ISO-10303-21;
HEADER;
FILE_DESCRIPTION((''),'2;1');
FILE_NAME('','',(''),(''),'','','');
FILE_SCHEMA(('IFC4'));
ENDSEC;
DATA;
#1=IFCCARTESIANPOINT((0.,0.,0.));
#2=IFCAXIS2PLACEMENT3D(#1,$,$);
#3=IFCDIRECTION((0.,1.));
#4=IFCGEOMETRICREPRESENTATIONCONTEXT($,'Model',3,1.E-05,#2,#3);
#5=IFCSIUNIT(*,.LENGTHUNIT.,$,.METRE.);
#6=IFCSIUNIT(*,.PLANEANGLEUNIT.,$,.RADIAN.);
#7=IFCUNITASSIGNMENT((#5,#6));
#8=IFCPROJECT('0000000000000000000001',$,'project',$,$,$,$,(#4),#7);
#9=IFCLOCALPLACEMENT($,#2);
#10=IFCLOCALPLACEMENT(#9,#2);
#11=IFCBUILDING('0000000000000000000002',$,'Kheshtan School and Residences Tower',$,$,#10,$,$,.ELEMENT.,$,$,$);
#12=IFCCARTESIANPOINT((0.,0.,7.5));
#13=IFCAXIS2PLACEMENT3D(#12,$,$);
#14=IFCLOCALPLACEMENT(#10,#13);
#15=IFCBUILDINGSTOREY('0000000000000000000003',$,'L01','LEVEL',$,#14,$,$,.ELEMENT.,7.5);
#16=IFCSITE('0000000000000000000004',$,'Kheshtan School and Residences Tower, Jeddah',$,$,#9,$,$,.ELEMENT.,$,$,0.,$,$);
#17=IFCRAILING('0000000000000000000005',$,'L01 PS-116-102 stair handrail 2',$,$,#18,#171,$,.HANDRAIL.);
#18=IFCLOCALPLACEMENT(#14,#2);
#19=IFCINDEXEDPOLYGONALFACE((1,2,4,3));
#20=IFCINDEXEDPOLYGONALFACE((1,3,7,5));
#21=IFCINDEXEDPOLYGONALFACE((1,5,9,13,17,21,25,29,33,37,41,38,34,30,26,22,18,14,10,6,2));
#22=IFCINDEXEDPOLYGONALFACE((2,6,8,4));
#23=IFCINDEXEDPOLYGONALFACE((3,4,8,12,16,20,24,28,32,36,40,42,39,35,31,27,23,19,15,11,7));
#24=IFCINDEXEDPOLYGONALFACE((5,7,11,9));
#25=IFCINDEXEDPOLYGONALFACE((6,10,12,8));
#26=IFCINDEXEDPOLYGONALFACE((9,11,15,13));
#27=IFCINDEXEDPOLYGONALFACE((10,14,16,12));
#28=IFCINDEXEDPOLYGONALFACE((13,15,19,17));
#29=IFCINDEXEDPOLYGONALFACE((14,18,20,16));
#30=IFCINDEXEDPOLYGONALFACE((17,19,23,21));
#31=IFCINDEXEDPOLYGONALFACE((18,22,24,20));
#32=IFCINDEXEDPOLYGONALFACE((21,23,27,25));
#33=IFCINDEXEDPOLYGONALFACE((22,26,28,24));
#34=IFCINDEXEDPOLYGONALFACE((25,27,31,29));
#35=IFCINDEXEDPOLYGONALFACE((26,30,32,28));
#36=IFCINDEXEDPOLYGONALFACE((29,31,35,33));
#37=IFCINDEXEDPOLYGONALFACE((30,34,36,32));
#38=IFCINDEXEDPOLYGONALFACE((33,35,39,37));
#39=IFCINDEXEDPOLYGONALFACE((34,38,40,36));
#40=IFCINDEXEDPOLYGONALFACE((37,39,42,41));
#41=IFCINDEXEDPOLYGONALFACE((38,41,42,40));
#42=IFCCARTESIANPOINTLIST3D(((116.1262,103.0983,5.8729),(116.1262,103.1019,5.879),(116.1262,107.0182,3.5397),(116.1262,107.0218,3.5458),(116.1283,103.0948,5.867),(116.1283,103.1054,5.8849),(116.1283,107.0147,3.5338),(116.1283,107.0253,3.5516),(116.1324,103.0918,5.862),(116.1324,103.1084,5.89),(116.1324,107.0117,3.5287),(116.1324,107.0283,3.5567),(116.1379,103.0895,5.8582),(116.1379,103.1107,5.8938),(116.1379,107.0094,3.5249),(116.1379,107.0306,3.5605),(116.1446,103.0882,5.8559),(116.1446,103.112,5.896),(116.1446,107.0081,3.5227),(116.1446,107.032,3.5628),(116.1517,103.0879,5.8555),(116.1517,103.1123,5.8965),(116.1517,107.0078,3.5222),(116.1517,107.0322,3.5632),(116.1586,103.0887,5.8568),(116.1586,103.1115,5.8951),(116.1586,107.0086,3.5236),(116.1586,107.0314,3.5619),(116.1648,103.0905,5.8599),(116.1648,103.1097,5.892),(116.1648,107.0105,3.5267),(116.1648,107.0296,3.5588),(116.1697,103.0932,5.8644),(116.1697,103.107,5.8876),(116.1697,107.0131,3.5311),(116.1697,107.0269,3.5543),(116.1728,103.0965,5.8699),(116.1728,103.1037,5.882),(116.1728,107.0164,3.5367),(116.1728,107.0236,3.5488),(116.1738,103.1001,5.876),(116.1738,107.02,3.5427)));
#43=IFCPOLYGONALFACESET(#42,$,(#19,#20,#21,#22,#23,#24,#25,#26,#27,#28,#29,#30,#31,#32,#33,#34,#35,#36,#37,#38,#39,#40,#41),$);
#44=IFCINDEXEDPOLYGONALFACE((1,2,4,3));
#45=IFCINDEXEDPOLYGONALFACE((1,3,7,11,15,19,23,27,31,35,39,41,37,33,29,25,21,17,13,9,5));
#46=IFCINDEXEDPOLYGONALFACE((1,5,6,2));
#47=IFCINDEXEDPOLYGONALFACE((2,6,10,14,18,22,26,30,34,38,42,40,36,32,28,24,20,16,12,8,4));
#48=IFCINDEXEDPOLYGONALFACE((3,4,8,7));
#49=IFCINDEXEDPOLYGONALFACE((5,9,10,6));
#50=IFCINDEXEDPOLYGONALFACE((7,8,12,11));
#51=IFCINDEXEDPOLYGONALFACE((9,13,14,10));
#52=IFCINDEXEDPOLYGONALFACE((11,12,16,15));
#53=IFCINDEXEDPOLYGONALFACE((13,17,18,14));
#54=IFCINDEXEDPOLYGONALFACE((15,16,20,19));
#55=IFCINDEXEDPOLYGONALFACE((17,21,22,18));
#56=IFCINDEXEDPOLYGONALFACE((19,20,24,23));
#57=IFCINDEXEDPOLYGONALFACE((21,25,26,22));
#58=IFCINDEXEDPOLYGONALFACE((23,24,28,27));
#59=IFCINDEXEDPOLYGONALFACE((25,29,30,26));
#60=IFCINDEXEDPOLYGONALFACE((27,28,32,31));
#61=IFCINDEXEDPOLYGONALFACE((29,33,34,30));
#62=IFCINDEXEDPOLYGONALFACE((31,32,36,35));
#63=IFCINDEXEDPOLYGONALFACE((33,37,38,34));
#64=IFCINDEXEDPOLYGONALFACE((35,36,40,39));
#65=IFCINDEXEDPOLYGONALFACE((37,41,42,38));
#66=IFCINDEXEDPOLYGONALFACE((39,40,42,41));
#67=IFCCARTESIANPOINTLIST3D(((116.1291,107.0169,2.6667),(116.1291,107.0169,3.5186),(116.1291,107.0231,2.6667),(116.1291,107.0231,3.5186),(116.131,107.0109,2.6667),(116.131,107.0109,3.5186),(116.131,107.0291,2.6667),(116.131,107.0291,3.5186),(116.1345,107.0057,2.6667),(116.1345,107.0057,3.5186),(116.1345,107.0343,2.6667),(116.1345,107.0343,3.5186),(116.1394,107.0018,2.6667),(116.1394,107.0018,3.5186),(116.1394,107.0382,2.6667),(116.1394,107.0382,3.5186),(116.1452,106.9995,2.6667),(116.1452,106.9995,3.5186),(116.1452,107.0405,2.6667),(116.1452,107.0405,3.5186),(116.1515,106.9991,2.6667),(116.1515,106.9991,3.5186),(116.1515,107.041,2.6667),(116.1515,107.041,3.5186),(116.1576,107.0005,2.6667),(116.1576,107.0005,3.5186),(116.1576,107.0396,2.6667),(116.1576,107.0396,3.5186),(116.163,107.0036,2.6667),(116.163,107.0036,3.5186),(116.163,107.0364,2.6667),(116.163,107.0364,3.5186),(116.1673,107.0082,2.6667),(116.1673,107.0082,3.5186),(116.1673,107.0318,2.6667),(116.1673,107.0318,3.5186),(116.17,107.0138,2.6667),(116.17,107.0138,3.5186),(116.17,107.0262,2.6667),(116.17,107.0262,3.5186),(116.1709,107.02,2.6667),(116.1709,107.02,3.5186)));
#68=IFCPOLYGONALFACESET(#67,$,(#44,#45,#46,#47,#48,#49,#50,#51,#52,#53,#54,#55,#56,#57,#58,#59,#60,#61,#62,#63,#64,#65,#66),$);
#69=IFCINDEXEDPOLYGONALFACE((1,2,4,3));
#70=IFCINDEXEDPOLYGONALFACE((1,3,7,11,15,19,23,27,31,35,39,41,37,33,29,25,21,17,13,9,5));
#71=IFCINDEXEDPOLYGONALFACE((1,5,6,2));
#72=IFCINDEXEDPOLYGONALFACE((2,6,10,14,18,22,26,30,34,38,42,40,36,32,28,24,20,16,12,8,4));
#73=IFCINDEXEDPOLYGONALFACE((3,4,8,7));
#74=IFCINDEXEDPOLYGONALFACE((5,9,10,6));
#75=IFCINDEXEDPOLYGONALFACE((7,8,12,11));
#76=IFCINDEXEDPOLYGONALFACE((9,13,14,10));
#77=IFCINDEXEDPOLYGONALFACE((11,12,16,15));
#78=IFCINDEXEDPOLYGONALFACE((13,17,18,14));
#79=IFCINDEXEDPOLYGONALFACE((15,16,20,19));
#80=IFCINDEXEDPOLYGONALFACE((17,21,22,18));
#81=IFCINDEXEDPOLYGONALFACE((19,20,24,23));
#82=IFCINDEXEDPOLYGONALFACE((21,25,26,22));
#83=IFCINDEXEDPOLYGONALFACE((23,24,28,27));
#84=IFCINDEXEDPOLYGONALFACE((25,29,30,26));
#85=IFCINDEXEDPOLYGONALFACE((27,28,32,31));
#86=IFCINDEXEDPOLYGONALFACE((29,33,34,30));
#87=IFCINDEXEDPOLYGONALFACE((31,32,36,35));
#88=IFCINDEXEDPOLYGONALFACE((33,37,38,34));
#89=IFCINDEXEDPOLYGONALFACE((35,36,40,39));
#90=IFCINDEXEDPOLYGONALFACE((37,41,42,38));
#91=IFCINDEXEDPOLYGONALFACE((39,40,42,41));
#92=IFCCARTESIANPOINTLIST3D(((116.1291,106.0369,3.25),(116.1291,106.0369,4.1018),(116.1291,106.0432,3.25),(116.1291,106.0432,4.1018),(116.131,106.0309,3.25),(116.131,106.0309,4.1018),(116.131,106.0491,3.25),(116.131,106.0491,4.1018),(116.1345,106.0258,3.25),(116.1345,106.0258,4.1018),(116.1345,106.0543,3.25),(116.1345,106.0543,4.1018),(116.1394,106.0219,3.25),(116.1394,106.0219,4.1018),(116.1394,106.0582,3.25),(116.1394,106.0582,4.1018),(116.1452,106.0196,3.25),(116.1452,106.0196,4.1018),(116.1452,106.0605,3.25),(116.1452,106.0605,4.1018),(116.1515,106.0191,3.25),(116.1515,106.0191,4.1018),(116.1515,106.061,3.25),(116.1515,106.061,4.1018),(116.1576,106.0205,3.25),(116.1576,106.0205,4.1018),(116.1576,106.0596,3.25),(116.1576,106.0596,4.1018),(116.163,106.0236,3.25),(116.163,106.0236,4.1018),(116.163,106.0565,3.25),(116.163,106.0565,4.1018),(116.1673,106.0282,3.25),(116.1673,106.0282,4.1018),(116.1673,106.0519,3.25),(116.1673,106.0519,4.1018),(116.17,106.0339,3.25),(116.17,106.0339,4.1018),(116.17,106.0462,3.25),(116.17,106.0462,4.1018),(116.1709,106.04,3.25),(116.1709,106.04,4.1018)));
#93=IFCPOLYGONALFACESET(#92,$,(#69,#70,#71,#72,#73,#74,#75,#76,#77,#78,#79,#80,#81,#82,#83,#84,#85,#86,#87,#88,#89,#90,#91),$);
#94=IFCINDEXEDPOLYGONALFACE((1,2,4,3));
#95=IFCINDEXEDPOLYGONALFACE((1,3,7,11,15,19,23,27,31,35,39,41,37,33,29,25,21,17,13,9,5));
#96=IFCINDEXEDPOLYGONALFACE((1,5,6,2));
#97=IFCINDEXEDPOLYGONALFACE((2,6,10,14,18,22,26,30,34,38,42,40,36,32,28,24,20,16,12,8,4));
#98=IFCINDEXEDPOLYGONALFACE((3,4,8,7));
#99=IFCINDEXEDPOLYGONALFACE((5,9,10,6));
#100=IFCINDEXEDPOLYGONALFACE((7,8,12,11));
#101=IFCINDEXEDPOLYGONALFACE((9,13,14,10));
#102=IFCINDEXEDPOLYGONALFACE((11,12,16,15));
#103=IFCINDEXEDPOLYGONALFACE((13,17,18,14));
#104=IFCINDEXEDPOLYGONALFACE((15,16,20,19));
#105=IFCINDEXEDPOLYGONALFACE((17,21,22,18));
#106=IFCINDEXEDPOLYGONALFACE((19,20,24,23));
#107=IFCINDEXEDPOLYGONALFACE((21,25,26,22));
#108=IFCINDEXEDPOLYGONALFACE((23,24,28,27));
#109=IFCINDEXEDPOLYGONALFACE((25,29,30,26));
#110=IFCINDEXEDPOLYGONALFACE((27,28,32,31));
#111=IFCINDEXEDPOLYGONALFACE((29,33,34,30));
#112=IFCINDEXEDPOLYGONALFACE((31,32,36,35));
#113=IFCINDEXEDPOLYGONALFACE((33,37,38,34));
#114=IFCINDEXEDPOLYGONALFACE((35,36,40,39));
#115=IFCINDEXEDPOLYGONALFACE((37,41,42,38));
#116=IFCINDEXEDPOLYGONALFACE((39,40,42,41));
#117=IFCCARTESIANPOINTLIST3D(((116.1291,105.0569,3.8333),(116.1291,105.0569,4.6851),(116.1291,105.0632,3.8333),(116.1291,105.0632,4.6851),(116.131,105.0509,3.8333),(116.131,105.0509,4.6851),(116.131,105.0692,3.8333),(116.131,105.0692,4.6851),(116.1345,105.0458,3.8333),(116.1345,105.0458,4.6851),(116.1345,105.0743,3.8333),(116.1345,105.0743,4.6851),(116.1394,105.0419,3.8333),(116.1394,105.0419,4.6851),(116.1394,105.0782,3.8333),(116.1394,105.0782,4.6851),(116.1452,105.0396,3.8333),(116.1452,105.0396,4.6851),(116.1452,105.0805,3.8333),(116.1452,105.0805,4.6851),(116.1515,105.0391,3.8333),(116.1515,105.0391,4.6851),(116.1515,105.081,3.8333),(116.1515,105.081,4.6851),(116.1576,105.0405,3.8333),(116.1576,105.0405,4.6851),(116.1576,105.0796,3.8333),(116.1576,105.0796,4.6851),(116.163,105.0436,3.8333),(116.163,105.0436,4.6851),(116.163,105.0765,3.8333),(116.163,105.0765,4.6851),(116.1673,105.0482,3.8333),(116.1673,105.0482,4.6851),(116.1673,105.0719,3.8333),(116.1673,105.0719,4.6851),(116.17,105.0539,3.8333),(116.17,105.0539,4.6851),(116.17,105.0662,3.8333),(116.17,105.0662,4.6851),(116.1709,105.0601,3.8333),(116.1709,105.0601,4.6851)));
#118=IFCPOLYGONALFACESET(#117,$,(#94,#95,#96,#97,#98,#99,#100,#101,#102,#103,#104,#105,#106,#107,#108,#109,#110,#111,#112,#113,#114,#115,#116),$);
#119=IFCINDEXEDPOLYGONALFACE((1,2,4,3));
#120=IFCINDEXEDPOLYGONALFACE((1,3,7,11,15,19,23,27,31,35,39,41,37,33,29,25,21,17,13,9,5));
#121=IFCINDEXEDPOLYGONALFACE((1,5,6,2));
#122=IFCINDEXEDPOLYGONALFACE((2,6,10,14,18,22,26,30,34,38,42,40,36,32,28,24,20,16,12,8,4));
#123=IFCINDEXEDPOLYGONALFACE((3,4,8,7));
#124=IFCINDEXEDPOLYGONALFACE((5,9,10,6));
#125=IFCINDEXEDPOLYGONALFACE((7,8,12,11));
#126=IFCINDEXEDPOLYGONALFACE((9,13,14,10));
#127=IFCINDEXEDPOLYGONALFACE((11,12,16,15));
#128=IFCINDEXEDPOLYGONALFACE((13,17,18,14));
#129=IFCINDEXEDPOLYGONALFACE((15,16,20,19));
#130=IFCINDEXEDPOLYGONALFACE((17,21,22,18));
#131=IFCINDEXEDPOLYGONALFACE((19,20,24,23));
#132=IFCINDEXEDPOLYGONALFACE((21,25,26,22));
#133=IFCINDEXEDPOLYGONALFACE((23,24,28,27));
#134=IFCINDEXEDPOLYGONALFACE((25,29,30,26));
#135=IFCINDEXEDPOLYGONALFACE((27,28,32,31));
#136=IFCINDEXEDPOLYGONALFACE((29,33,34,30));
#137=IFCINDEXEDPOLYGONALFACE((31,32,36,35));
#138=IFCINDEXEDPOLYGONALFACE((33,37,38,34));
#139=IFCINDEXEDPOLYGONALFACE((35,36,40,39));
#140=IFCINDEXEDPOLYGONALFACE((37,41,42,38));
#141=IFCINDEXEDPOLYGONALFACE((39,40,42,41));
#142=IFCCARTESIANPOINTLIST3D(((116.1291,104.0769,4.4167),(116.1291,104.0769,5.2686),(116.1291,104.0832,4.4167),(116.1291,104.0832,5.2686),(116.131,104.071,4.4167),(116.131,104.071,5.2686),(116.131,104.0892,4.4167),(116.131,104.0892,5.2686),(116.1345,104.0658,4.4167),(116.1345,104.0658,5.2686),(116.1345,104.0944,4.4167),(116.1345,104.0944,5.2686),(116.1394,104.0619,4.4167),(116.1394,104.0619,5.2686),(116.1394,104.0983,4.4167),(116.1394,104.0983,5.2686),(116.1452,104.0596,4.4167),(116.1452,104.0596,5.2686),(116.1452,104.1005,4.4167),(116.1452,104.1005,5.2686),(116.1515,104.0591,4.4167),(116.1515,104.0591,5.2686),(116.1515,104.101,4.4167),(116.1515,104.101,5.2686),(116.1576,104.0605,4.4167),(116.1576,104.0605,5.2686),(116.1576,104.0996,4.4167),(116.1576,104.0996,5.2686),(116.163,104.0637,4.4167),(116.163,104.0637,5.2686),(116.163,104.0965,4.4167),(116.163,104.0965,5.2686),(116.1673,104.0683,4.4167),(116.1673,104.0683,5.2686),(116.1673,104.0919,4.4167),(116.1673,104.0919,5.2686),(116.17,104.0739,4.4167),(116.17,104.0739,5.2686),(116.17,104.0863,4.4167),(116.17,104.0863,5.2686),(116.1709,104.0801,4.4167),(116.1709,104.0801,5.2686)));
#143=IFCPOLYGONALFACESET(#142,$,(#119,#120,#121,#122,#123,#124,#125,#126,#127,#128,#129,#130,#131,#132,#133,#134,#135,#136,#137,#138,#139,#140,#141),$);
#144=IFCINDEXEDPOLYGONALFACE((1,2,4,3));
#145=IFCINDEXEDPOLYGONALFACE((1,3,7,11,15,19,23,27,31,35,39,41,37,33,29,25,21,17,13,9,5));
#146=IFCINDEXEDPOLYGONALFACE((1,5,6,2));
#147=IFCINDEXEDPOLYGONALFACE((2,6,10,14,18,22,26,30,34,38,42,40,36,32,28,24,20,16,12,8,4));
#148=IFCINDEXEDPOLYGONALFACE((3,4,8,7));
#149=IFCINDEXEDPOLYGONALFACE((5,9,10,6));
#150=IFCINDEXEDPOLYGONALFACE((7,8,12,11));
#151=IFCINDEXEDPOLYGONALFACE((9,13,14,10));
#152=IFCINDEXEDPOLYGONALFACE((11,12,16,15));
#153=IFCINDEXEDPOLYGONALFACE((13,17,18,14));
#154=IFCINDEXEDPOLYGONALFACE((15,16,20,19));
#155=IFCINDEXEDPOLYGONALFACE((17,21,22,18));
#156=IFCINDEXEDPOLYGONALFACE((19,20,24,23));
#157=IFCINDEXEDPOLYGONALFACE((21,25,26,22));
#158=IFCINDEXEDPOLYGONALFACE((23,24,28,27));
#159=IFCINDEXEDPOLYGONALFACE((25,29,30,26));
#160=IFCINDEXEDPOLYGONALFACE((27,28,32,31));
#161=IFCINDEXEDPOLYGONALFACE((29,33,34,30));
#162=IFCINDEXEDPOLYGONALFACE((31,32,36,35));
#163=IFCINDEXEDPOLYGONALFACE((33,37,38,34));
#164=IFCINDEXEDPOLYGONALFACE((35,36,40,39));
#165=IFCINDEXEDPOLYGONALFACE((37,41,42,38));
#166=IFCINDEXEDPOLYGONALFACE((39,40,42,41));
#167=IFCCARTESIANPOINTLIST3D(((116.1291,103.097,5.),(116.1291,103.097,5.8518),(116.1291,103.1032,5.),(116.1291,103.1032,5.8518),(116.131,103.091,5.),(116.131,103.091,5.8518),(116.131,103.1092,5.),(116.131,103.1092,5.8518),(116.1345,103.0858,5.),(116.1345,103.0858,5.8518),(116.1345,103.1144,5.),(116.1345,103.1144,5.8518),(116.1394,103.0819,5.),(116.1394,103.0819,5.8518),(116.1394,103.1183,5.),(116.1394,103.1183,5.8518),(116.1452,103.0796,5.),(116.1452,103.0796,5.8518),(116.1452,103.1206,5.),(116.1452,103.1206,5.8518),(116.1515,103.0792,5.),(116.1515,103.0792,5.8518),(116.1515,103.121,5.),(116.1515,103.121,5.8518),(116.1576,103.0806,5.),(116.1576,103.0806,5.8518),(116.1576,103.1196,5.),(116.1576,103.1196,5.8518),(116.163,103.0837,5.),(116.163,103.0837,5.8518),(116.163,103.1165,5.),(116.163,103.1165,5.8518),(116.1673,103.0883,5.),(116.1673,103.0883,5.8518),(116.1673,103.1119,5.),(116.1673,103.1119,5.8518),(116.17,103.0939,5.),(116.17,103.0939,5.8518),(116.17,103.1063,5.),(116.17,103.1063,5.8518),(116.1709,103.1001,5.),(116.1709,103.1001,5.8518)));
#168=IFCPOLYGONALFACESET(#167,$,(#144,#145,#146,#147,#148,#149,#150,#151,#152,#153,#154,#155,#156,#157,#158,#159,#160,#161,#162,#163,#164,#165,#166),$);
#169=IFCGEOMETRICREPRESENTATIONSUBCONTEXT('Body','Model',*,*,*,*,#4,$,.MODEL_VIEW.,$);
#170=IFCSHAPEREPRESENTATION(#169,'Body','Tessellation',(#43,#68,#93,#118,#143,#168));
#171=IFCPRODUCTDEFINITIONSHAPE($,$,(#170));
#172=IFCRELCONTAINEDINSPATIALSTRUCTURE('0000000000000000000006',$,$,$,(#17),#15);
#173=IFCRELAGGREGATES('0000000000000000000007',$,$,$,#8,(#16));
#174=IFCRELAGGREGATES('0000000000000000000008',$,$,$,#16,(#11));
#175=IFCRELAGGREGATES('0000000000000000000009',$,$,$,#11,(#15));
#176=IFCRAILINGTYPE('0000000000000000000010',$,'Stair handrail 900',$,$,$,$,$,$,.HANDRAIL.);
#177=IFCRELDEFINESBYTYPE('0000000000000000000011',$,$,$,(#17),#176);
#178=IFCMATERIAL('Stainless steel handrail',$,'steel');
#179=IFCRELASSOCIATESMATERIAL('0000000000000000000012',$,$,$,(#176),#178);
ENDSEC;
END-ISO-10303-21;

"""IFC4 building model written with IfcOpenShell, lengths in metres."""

from ifc_helpers import new_model, si_unit, direction, frame, origin, origin_2d, place, context, subcontext, project, spatial, circle, extrude, material, type_object, element, save


model = new_model("IFC4")

# Units and contexts
model_context = context("Model", 3, precision=1e-05, world=origin(), true_north=direction((0.0, 1.0)))
body_context = subcontext(model_context, "Body", "Model", "MODEL_VIEW")
ifc_project = project(units=[si_unit("LENGTHUNIT", "METRE"), si_unit("PLANEANGLEUNIT", "RADIAN")], contexts=[model_context])

# Site, building, storey
site_placement = place(None, origin())
site = spatial("IfcSite", under=ifc_project, at=site_placement, Name="Kheshtan School and Residences Tower, Jeddah", CompositionType="ELEMENT", RefElevation=0.0)
building_placement = place(site_placement, origin())
building = spatial("IfcBuilding", under=site, at=building_placement, Name="Kheshtan School and Residences Tower", CompositionType="ELEMENT")
storey_placement = place(building_placement, frame((0.0, 0.0, 7.5)))
storey = spatial("IfcBuildingStorey", under=building, at=storey_placement, Name="L01", Description="LEVEL", CompositionType="ELEMENT", Elevation=7.5)

# Railing
ifc_material_1 = material(Name="Stainless steel handrail", Category="steel")
railing_type_1 = type_object("IfcRailingType", Name="Stair handrail 900", PredefinedType="HANDRAIL", material=ifc_material_1)
railing_1_placement = place(storey_placement, frame((116.1499, 107.02, 2.6667)))
element("IfcRailing", 1, at=railing_1_placement, inside=storey, type_object=railing_type_1, Name="L01 PS-116-102 stair handrail 2", PredefinedType="HANDRAIL", context=body_context, shape_type="SweptSolid", body=[
    extrude(circle(Radius=0.0239, at=origin_2d()), frame((0.0, 0.0, 0.876), z_axis=(0.0, -0.859296, 0.511478), x_axis=(1.0, 0.0, 0.0)), (0.0, 0.0, 1.0), 4.5618),
    extrude(circle(Radius=0.021, at=origin_2d()), origin(), (0.0, 0.0, 1.0), 0.8518),
    extrude(circle(Radius=0.021, at=origin_2d()), frame((0.0, -0.98, 0.5833)), (0.0, 0.0, 1.0), 0.8518),
    extrude(circle(Radius=0.021, at=origin_2d()), frame((0.0, -1.96, 1.1665)), (0.0, 0.0, 1.0), 0.8518),
    extrude(circle(Radius=0.021, at=origin_2d()), frame((0.0, -2.9399, 1.75)), (0.0, 0.0, 1.0), 0.8518),
    extrude(circle(Radius=0.021, at=origin_2d()), frame((0.0, -3.9199, 2.3333)), (0.0, 0.0, 1.0), 0.8518),
])

save(model, "model.ifc")
